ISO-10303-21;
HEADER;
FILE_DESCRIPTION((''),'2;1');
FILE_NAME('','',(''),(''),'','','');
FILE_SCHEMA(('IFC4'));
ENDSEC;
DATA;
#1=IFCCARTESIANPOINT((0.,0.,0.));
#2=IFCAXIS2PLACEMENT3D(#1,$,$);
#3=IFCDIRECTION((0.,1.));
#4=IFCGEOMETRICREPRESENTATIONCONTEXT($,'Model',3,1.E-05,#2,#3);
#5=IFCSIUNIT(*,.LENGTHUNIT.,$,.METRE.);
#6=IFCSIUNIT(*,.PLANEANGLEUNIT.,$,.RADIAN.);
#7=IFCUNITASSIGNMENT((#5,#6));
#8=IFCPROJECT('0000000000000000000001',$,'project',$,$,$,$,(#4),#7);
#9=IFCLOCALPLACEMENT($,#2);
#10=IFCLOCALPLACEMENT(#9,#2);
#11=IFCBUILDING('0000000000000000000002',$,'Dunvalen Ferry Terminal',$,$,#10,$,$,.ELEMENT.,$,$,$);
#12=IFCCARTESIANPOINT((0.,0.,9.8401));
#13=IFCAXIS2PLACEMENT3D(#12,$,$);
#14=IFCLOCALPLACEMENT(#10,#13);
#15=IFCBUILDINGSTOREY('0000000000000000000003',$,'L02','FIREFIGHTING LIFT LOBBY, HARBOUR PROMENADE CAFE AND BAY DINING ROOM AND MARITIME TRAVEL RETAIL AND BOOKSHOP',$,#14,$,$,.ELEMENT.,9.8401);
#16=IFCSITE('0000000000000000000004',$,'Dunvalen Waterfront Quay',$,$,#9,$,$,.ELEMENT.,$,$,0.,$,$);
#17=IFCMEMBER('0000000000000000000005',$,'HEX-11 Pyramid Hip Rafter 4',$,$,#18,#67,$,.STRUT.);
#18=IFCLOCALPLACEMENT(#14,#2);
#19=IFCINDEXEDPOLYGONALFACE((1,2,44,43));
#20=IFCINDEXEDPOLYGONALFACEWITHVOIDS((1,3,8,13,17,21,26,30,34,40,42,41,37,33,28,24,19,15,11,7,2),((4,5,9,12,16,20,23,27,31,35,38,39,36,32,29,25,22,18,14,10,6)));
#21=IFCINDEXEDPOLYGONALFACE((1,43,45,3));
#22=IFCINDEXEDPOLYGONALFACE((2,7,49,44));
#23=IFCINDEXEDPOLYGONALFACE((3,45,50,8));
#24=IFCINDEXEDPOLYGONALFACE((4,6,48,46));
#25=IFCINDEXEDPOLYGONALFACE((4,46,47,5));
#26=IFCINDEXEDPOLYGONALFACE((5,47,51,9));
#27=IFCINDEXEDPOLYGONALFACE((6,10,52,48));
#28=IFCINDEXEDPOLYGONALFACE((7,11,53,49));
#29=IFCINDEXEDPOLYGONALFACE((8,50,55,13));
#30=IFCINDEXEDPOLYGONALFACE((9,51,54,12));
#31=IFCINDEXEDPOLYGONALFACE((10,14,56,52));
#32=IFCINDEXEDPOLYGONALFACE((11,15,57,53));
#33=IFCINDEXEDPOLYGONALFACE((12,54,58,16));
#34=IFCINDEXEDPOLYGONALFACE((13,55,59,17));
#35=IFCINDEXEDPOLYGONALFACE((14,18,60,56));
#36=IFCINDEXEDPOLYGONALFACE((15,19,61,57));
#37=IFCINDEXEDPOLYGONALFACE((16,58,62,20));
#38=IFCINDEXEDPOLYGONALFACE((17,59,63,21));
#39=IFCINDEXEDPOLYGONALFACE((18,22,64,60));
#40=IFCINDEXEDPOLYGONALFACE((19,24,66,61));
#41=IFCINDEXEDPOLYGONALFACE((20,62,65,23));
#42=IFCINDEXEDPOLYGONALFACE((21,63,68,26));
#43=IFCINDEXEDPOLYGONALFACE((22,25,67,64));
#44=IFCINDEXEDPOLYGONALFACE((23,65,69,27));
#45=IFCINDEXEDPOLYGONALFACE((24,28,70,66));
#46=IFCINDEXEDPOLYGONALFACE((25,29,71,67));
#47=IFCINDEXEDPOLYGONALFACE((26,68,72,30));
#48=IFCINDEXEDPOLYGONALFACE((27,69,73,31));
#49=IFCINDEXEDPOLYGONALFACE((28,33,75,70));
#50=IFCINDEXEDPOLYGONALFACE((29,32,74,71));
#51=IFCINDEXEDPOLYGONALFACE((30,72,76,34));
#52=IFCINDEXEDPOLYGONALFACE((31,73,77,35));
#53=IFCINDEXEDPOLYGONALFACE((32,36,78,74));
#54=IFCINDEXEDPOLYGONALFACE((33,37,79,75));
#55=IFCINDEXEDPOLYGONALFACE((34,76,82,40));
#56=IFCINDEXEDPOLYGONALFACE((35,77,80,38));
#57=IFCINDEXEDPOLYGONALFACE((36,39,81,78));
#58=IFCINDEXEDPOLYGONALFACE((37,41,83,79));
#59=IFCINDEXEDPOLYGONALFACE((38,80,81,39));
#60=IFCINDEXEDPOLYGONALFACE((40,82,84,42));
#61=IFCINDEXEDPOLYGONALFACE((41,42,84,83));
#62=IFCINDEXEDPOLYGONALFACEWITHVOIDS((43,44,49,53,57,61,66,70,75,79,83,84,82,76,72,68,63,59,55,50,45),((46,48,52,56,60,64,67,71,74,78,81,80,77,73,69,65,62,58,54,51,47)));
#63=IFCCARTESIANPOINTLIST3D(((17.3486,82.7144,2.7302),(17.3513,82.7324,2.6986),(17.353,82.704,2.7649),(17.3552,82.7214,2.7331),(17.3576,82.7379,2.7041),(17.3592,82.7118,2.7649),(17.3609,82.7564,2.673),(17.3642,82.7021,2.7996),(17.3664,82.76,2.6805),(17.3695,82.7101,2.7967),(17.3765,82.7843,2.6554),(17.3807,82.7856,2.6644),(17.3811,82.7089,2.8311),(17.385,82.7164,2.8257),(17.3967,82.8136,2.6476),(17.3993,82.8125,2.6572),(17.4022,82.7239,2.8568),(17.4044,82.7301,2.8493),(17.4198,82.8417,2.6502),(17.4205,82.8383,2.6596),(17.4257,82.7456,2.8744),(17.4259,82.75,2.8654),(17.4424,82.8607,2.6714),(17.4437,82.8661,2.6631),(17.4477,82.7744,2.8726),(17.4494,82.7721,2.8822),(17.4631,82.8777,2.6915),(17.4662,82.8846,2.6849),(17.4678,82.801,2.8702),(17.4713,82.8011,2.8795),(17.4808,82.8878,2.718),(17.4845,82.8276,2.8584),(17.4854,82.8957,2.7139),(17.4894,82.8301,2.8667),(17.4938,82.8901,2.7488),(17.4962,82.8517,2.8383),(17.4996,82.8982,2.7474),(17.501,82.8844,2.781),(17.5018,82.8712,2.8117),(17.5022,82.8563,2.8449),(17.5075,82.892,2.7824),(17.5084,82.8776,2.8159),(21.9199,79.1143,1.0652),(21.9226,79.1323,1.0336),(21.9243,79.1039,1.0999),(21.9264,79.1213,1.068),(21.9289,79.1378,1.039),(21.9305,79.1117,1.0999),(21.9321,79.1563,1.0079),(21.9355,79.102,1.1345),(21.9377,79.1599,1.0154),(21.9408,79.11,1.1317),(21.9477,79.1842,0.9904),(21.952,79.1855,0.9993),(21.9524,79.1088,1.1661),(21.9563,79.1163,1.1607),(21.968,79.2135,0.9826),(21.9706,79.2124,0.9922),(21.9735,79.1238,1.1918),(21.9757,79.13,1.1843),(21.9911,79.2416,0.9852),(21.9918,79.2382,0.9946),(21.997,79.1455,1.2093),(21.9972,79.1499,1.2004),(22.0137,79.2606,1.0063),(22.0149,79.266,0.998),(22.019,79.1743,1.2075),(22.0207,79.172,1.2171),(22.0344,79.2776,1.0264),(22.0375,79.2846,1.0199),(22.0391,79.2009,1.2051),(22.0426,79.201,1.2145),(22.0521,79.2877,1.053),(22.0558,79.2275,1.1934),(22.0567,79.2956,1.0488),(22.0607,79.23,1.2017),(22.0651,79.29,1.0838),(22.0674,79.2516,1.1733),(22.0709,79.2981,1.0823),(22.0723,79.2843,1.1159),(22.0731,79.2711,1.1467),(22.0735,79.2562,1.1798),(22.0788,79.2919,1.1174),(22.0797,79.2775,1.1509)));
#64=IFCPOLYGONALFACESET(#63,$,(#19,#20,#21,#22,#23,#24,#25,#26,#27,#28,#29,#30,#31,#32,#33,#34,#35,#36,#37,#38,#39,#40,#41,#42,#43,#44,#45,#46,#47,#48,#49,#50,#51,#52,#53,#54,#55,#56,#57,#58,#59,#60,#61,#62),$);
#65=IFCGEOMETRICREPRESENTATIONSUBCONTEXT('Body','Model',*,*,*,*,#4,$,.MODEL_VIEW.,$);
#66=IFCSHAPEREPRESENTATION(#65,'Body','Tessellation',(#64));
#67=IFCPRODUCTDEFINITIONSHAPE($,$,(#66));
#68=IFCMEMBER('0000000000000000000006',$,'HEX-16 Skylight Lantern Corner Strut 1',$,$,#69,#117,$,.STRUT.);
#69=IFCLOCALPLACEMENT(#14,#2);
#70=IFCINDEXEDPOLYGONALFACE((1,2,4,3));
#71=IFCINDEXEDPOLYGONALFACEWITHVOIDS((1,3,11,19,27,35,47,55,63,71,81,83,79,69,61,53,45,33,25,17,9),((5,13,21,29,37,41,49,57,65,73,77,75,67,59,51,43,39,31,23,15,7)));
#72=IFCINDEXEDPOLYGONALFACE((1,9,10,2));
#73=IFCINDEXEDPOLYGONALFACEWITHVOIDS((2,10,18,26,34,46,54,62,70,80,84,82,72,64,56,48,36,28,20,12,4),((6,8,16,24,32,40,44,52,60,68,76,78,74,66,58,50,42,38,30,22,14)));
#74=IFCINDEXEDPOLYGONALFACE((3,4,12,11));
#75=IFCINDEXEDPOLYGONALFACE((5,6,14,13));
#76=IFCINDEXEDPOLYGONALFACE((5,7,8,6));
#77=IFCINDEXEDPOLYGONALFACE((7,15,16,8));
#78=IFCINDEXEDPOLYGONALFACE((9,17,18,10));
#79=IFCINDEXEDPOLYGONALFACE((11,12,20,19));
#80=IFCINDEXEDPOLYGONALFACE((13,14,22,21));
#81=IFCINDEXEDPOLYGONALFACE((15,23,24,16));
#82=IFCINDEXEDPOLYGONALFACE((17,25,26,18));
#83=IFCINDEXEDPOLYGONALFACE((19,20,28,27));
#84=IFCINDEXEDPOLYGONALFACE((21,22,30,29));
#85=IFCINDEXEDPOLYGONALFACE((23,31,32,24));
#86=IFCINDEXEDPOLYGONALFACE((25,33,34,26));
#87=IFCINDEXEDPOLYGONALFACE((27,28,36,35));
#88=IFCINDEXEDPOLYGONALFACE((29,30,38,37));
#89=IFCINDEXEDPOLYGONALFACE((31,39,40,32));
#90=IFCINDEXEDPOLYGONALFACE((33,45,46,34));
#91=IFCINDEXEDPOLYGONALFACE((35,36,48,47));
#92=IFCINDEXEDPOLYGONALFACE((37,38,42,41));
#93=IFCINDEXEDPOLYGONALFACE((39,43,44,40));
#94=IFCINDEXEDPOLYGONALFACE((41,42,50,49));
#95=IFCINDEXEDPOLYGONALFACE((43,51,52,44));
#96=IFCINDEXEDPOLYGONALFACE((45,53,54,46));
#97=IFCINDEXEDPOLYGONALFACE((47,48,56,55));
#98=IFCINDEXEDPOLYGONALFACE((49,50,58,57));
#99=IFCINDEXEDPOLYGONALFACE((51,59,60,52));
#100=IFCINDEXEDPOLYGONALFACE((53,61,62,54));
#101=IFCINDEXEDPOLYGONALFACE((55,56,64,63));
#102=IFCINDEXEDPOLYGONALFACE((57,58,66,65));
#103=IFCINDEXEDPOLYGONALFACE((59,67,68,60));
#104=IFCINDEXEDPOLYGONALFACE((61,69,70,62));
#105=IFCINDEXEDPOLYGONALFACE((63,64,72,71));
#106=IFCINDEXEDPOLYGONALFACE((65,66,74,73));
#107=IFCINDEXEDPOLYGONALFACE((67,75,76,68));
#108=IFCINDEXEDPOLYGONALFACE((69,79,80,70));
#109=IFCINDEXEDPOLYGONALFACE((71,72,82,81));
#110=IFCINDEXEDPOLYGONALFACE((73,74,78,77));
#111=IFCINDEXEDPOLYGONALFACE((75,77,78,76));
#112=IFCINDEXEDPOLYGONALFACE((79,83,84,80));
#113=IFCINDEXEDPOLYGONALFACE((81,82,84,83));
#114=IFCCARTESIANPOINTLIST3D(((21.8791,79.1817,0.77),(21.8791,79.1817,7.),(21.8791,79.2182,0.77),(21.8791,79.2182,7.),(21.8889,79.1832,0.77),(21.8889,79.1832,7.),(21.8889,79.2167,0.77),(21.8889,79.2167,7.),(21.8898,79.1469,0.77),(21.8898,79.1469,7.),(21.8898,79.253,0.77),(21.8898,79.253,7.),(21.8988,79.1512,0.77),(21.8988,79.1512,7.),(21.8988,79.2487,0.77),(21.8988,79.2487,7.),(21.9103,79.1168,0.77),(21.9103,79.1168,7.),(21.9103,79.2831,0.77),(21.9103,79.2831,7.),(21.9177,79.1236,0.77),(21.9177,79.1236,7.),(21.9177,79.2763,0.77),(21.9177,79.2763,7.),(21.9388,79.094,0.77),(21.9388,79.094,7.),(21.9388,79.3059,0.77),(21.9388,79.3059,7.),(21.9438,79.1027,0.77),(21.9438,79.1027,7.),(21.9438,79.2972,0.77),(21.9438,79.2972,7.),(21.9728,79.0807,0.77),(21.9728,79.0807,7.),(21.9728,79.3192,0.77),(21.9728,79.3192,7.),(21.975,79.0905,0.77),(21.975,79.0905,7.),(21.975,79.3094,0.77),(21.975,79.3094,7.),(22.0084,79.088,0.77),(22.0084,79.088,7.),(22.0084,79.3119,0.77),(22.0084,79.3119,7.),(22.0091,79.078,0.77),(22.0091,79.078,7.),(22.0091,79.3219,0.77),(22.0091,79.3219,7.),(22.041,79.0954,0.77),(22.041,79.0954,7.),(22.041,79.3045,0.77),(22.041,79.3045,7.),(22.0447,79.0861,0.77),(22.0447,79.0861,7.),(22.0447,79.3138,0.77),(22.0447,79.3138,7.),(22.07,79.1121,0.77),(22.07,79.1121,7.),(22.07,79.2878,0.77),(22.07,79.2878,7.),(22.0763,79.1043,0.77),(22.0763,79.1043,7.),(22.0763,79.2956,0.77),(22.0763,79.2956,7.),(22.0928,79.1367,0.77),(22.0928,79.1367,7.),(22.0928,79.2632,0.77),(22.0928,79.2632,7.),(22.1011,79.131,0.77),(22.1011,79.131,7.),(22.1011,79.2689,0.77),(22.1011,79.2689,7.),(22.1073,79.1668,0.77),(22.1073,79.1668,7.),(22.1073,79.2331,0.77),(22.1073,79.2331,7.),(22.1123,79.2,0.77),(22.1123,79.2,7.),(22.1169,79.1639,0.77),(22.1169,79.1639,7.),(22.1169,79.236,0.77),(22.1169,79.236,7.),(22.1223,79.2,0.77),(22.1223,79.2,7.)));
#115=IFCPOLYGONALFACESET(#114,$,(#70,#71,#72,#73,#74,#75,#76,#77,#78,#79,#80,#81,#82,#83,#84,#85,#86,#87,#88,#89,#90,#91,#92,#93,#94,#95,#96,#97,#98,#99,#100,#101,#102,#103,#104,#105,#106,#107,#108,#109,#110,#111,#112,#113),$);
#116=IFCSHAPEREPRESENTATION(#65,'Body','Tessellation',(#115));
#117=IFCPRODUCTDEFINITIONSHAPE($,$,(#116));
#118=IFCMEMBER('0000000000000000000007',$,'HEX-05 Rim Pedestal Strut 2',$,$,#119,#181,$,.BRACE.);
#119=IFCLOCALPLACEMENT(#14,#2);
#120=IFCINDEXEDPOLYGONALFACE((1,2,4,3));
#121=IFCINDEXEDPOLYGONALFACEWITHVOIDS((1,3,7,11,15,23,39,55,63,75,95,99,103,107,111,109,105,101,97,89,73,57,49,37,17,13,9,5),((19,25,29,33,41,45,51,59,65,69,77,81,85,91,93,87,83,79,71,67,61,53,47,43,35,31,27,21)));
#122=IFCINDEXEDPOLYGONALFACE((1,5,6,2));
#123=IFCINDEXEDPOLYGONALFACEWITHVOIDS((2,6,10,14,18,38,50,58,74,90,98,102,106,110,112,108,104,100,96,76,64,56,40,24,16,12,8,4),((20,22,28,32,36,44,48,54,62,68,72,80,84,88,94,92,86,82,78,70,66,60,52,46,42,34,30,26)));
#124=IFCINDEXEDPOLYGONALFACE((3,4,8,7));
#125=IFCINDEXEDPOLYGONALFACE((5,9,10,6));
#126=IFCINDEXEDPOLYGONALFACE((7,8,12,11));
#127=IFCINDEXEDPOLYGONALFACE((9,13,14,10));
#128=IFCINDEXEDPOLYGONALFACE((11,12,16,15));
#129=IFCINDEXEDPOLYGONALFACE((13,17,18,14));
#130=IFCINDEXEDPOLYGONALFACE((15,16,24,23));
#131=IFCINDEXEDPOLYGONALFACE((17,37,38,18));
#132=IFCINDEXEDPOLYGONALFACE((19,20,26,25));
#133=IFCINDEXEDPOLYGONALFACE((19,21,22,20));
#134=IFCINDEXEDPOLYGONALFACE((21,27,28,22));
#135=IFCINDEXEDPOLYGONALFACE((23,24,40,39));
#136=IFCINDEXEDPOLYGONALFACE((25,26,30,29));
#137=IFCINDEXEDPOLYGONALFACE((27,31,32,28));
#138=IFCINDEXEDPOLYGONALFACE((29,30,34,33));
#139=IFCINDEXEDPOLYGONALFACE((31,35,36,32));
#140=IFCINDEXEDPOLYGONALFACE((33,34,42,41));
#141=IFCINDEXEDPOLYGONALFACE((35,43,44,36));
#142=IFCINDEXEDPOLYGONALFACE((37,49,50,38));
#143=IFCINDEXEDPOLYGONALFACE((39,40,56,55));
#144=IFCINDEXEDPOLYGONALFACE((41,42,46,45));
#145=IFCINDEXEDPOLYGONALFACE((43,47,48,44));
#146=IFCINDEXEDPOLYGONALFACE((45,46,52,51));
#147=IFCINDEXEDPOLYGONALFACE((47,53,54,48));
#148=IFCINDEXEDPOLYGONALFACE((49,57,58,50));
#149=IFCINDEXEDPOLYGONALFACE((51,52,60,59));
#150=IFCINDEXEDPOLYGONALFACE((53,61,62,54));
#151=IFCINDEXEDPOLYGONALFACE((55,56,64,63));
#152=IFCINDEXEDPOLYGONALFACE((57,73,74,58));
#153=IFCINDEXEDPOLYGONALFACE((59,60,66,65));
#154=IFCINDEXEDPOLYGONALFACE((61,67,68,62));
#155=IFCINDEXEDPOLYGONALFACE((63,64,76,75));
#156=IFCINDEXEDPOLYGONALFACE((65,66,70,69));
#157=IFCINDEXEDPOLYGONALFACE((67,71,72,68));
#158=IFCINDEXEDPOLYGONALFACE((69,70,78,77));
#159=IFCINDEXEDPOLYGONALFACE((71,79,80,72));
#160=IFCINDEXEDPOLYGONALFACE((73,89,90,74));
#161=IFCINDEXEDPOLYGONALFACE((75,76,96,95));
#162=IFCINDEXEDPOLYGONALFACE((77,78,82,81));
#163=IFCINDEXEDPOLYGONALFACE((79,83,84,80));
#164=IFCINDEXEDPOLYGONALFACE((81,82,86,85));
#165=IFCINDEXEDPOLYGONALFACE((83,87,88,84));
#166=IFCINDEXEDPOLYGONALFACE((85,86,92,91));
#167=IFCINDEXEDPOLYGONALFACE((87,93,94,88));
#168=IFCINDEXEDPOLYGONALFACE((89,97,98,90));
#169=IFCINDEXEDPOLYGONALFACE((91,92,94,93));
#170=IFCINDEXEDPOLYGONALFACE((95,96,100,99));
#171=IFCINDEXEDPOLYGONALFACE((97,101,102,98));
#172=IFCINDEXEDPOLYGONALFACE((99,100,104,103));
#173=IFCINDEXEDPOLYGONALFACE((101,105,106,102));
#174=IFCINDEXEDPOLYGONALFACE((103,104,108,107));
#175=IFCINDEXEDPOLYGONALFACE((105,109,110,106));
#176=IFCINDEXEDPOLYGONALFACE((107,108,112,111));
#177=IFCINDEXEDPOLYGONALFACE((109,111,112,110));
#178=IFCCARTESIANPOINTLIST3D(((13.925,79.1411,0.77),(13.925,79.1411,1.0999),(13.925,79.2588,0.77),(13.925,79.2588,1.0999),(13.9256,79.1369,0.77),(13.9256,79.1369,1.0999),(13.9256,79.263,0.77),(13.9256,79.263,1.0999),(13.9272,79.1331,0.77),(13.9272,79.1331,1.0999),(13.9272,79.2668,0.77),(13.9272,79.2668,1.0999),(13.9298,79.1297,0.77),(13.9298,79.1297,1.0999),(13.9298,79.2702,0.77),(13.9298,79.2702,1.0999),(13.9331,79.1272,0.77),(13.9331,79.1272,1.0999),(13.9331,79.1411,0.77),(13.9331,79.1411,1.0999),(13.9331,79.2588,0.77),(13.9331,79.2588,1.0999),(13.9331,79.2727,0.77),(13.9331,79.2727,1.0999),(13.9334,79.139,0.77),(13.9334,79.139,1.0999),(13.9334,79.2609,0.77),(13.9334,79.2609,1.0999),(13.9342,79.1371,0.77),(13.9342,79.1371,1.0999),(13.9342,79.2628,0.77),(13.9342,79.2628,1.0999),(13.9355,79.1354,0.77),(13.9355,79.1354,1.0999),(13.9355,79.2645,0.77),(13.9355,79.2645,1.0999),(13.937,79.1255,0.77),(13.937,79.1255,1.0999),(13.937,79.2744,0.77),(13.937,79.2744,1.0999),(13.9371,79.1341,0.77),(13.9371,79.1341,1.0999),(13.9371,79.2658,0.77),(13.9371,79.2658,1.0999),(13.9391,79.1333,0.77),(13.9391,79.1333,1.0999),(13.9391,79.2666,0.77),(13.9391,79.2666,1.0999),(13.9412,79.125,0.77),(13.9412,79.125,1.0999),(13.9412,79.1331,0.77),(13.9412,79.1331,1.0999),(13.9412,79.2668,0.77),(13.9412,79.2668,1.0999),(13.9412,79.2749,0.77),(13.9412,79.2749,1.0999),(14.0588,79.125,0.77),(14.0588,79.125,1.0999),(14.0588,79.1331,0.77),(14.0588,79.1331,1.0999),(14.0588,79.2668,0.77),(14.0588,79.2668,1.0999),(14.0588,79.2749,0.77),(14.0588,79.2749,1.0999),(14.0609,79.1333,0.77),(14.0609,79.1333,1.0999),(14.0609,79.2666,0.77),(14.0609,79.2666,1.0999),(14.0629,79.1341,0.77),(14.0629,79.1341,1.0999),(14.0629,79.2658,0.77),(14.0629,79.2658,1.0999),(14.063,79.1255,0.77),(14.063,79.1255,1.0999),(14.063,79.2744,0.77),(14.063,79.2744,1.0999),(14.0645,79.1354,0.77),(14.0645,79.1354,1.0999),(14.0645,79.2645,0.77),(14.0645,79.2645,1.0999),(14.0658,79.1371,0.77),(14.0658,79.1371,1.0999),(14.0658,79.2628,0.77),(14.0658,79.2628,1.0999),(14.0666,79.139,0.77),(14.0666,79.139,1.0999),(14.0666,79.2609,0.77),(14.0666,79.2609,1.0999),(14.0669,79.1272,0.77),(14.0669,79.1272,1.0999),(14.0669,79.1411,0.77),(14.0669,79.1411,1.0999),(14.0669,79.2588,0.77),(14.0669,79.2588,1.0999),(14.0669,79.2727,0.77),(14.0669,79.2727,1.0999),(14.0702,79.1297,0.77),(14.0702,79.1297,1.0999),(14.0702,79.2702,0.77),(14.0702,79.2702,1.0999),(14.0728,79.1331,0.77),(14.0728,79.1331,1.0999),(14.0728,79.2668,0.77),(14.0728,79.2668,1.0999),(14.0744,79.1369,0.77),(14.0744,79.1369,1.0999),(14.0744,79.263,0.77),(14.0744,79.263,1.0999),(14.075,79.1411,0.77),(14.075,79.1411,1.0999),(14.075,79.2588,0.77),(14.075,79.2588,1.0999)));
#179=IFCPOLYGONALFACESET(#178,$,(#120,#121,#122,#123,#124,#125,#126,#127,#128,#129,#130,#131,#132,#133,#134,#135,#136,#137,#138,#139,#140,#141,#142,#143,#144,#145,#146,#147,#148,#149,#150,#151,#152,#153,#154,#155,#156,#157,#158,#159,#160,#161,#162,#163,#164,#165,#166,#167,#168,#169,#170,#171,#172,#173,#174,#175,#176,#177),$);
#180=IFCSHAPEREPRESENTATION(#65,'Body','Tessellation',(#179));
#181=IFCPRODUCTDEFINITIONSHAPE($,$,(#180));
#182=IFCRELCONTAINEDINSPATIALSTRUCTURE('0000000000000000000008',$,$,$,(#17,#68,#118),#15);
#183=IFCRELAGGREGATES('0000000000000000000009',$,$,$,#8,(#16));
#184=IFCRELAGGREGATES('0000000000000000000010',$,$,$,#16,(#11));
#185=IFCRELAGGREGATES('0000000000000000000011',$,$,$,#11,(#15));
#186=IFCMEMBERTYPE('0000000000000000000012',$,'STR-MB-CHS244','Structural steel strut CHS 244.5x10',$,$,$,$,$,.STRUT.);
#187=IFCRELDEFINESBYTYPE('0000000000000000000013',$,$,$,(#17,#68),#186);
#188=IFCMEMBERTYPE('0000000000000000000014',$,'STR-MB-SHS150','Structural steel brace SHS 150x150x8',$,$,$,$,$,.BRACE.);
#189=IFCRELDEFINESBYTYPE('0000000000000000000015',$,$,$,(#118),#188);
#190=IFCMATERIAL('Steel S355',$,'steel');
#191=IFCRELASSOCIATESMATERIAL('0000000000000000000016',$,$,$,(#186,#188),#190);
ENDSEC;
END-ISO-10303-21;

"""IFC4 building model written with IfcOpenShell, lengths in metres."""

from ifc_helpers import new_model, si_unit, direction, frame, origin, origin_2d, place, context, subcontext, project, spatial, hollow_rectangle, hollow_circle, extrude, material, material_profile, profile_set, type_object, element, save


model = new_model("IFC4")

# Units and contexts
model_context = context("Model", 3, precision=1e-05, world=origin(), true_north=direction((0.0, 1.0)))
body_context = subcontext(model_context, "Body", "Model", "MODEL_VIEW")
ifc_project = project(units=[si_unit("LENGTHUNIT", "METRE"), si_unit("PLANEANGLEUNIT", "RADIAN")], contexts=[model_context])

# Site, building, storey
site_placement = place(None, origin())
site = spatial("IfcSite", under=ifc_project, at=site_placement, Name="Dunvalen Waterfront Quay", CompositionType="ELEMENT", RefElevation=0.0)
building_placement = place(site_placement, origin())
building = spatial("IfcBuilding", under=site, at=building_placement, Name="Dunvalen Ferry Terminal", CompositionType="ELEMENT")
storey_placement = place(building_placement, frame((0.0, 0.0, 9.8401)))
storey = spatial("IfcBuildingStorey", under=building, at=storey_placement, Name="L02", Description="FIREFIGHTING LIFT LOBBY, HARBOUR PROMENADE CAFE AND BAY DINING ROOM AND MARITIME TRAVEL RETAIL AND BOOKSHOP", CompositionType="ELEMENT", Elevation=9.8401)

# Shared definitions
ifc_material_1 = material(Name="Steel S355", Category="steel")

# Members
ifc_material_profile_1 = material_profile(ifc_material_1, hollow_circle(Radius=0.1223, WallThickness=0.01, at=origin_2d()), Name="Steel S355")
ifc_profile_set_1 = profile_set([ifc_material_profile_1], Name="Steel S355")
member_type_1 = type_object("IfcMemberType", Name="STR-MB-CHS244", Description="Structural steel strut CHS 244.5x10", PredefinedType="STRUT", material=ifc_profile_set_1)
member_1_placement = place(storey_placement, frame((22.0, 79.2, 1.0999), z_axis=(-0.755304, 0.594836, 0.275111), x_axis=(-0.618711, -0.785619, 0.0)))
element("IfcMember", 1, at=member_1_placement, inside=storey, type_object=member_type_1, Name="HEX-11 Pyramid Hip Rafter 4", PredefinedType="STRUT", context=body_context, shape_type="SweptSolid", body=[
    extrude(hollow_circle(Radius=0.1223, WallThickness=0.01, at=origin_2d()), origin(), (0.0, 0.0, 1.0), 6.0522),
])
member_2_placement = place(storey_placement, frame((22.0, 79.2, 0.77), z_axis=(0.0, 0.0, 1.0), x_axis=(1.0, 0.0, 0.0)))
element("IfcMember", 2, at=member_2_placement, inside=storey, type_object=member_type_1, Name="HEX-16 Skylight Lantern Corner Strut 1", PredefinedType="STRUT", context=body_context, shape_type="SweptSolid", body=[
    extrude(hollow_circle(Radius=0.1223, WallThickness=0.01, at=origin_2d()), origin(), (0.0, 0.0, 1.0), 6.23),
])
ifc_material_profile_2 = material_profile(ifc_material_1, hollow_rectangle(XDim=0.1499, YDim=0.1499, WallThickness=0.0081, InnerFilletRadius=0.0081, OuterFilletRadius=0.0161, at=origin_2d()), Name="Steel S355")
ifc_profile_set_2 = profile_set([ifc_material_profile_2], Name="Steel S355")
member_type_2 = type_object("IfcMemberType", Name="STR-MB-SHS150", Description="Structural steel brace SHS 150x150x8", PredefinedType="BRACE", material=ifc_profile_set_2)
for number, where, z_axis, x_axis, name in (
    (3, (14.0, 79.2, 0.77), (0.0, 0.0, 1.0), (1.0, 0.0, 0.0), "HEX-05 Rim Pedestal Strut 2"),
):
    element("IfcMember", number, at=place(storey_placement, frame(where, z_axis=z_axis, x_axis=x_axis)), inside=storey, type_object=member_type_2, Name=name, PredefinedType="BRACE", context=body_context, shape_type="SweptSolid", body=[
        extrude(hollow_rectangle(XDim=0.1499, YDim=0.1499, WallThickness=0.0081, InnerFilletRadius=0.0081, OuterFilletRadius=0.0161, at=origin_2d()), origin(), (0.0, 0.0, 1.0), 0.3298),
    ])

save(model, "model.ifc")
